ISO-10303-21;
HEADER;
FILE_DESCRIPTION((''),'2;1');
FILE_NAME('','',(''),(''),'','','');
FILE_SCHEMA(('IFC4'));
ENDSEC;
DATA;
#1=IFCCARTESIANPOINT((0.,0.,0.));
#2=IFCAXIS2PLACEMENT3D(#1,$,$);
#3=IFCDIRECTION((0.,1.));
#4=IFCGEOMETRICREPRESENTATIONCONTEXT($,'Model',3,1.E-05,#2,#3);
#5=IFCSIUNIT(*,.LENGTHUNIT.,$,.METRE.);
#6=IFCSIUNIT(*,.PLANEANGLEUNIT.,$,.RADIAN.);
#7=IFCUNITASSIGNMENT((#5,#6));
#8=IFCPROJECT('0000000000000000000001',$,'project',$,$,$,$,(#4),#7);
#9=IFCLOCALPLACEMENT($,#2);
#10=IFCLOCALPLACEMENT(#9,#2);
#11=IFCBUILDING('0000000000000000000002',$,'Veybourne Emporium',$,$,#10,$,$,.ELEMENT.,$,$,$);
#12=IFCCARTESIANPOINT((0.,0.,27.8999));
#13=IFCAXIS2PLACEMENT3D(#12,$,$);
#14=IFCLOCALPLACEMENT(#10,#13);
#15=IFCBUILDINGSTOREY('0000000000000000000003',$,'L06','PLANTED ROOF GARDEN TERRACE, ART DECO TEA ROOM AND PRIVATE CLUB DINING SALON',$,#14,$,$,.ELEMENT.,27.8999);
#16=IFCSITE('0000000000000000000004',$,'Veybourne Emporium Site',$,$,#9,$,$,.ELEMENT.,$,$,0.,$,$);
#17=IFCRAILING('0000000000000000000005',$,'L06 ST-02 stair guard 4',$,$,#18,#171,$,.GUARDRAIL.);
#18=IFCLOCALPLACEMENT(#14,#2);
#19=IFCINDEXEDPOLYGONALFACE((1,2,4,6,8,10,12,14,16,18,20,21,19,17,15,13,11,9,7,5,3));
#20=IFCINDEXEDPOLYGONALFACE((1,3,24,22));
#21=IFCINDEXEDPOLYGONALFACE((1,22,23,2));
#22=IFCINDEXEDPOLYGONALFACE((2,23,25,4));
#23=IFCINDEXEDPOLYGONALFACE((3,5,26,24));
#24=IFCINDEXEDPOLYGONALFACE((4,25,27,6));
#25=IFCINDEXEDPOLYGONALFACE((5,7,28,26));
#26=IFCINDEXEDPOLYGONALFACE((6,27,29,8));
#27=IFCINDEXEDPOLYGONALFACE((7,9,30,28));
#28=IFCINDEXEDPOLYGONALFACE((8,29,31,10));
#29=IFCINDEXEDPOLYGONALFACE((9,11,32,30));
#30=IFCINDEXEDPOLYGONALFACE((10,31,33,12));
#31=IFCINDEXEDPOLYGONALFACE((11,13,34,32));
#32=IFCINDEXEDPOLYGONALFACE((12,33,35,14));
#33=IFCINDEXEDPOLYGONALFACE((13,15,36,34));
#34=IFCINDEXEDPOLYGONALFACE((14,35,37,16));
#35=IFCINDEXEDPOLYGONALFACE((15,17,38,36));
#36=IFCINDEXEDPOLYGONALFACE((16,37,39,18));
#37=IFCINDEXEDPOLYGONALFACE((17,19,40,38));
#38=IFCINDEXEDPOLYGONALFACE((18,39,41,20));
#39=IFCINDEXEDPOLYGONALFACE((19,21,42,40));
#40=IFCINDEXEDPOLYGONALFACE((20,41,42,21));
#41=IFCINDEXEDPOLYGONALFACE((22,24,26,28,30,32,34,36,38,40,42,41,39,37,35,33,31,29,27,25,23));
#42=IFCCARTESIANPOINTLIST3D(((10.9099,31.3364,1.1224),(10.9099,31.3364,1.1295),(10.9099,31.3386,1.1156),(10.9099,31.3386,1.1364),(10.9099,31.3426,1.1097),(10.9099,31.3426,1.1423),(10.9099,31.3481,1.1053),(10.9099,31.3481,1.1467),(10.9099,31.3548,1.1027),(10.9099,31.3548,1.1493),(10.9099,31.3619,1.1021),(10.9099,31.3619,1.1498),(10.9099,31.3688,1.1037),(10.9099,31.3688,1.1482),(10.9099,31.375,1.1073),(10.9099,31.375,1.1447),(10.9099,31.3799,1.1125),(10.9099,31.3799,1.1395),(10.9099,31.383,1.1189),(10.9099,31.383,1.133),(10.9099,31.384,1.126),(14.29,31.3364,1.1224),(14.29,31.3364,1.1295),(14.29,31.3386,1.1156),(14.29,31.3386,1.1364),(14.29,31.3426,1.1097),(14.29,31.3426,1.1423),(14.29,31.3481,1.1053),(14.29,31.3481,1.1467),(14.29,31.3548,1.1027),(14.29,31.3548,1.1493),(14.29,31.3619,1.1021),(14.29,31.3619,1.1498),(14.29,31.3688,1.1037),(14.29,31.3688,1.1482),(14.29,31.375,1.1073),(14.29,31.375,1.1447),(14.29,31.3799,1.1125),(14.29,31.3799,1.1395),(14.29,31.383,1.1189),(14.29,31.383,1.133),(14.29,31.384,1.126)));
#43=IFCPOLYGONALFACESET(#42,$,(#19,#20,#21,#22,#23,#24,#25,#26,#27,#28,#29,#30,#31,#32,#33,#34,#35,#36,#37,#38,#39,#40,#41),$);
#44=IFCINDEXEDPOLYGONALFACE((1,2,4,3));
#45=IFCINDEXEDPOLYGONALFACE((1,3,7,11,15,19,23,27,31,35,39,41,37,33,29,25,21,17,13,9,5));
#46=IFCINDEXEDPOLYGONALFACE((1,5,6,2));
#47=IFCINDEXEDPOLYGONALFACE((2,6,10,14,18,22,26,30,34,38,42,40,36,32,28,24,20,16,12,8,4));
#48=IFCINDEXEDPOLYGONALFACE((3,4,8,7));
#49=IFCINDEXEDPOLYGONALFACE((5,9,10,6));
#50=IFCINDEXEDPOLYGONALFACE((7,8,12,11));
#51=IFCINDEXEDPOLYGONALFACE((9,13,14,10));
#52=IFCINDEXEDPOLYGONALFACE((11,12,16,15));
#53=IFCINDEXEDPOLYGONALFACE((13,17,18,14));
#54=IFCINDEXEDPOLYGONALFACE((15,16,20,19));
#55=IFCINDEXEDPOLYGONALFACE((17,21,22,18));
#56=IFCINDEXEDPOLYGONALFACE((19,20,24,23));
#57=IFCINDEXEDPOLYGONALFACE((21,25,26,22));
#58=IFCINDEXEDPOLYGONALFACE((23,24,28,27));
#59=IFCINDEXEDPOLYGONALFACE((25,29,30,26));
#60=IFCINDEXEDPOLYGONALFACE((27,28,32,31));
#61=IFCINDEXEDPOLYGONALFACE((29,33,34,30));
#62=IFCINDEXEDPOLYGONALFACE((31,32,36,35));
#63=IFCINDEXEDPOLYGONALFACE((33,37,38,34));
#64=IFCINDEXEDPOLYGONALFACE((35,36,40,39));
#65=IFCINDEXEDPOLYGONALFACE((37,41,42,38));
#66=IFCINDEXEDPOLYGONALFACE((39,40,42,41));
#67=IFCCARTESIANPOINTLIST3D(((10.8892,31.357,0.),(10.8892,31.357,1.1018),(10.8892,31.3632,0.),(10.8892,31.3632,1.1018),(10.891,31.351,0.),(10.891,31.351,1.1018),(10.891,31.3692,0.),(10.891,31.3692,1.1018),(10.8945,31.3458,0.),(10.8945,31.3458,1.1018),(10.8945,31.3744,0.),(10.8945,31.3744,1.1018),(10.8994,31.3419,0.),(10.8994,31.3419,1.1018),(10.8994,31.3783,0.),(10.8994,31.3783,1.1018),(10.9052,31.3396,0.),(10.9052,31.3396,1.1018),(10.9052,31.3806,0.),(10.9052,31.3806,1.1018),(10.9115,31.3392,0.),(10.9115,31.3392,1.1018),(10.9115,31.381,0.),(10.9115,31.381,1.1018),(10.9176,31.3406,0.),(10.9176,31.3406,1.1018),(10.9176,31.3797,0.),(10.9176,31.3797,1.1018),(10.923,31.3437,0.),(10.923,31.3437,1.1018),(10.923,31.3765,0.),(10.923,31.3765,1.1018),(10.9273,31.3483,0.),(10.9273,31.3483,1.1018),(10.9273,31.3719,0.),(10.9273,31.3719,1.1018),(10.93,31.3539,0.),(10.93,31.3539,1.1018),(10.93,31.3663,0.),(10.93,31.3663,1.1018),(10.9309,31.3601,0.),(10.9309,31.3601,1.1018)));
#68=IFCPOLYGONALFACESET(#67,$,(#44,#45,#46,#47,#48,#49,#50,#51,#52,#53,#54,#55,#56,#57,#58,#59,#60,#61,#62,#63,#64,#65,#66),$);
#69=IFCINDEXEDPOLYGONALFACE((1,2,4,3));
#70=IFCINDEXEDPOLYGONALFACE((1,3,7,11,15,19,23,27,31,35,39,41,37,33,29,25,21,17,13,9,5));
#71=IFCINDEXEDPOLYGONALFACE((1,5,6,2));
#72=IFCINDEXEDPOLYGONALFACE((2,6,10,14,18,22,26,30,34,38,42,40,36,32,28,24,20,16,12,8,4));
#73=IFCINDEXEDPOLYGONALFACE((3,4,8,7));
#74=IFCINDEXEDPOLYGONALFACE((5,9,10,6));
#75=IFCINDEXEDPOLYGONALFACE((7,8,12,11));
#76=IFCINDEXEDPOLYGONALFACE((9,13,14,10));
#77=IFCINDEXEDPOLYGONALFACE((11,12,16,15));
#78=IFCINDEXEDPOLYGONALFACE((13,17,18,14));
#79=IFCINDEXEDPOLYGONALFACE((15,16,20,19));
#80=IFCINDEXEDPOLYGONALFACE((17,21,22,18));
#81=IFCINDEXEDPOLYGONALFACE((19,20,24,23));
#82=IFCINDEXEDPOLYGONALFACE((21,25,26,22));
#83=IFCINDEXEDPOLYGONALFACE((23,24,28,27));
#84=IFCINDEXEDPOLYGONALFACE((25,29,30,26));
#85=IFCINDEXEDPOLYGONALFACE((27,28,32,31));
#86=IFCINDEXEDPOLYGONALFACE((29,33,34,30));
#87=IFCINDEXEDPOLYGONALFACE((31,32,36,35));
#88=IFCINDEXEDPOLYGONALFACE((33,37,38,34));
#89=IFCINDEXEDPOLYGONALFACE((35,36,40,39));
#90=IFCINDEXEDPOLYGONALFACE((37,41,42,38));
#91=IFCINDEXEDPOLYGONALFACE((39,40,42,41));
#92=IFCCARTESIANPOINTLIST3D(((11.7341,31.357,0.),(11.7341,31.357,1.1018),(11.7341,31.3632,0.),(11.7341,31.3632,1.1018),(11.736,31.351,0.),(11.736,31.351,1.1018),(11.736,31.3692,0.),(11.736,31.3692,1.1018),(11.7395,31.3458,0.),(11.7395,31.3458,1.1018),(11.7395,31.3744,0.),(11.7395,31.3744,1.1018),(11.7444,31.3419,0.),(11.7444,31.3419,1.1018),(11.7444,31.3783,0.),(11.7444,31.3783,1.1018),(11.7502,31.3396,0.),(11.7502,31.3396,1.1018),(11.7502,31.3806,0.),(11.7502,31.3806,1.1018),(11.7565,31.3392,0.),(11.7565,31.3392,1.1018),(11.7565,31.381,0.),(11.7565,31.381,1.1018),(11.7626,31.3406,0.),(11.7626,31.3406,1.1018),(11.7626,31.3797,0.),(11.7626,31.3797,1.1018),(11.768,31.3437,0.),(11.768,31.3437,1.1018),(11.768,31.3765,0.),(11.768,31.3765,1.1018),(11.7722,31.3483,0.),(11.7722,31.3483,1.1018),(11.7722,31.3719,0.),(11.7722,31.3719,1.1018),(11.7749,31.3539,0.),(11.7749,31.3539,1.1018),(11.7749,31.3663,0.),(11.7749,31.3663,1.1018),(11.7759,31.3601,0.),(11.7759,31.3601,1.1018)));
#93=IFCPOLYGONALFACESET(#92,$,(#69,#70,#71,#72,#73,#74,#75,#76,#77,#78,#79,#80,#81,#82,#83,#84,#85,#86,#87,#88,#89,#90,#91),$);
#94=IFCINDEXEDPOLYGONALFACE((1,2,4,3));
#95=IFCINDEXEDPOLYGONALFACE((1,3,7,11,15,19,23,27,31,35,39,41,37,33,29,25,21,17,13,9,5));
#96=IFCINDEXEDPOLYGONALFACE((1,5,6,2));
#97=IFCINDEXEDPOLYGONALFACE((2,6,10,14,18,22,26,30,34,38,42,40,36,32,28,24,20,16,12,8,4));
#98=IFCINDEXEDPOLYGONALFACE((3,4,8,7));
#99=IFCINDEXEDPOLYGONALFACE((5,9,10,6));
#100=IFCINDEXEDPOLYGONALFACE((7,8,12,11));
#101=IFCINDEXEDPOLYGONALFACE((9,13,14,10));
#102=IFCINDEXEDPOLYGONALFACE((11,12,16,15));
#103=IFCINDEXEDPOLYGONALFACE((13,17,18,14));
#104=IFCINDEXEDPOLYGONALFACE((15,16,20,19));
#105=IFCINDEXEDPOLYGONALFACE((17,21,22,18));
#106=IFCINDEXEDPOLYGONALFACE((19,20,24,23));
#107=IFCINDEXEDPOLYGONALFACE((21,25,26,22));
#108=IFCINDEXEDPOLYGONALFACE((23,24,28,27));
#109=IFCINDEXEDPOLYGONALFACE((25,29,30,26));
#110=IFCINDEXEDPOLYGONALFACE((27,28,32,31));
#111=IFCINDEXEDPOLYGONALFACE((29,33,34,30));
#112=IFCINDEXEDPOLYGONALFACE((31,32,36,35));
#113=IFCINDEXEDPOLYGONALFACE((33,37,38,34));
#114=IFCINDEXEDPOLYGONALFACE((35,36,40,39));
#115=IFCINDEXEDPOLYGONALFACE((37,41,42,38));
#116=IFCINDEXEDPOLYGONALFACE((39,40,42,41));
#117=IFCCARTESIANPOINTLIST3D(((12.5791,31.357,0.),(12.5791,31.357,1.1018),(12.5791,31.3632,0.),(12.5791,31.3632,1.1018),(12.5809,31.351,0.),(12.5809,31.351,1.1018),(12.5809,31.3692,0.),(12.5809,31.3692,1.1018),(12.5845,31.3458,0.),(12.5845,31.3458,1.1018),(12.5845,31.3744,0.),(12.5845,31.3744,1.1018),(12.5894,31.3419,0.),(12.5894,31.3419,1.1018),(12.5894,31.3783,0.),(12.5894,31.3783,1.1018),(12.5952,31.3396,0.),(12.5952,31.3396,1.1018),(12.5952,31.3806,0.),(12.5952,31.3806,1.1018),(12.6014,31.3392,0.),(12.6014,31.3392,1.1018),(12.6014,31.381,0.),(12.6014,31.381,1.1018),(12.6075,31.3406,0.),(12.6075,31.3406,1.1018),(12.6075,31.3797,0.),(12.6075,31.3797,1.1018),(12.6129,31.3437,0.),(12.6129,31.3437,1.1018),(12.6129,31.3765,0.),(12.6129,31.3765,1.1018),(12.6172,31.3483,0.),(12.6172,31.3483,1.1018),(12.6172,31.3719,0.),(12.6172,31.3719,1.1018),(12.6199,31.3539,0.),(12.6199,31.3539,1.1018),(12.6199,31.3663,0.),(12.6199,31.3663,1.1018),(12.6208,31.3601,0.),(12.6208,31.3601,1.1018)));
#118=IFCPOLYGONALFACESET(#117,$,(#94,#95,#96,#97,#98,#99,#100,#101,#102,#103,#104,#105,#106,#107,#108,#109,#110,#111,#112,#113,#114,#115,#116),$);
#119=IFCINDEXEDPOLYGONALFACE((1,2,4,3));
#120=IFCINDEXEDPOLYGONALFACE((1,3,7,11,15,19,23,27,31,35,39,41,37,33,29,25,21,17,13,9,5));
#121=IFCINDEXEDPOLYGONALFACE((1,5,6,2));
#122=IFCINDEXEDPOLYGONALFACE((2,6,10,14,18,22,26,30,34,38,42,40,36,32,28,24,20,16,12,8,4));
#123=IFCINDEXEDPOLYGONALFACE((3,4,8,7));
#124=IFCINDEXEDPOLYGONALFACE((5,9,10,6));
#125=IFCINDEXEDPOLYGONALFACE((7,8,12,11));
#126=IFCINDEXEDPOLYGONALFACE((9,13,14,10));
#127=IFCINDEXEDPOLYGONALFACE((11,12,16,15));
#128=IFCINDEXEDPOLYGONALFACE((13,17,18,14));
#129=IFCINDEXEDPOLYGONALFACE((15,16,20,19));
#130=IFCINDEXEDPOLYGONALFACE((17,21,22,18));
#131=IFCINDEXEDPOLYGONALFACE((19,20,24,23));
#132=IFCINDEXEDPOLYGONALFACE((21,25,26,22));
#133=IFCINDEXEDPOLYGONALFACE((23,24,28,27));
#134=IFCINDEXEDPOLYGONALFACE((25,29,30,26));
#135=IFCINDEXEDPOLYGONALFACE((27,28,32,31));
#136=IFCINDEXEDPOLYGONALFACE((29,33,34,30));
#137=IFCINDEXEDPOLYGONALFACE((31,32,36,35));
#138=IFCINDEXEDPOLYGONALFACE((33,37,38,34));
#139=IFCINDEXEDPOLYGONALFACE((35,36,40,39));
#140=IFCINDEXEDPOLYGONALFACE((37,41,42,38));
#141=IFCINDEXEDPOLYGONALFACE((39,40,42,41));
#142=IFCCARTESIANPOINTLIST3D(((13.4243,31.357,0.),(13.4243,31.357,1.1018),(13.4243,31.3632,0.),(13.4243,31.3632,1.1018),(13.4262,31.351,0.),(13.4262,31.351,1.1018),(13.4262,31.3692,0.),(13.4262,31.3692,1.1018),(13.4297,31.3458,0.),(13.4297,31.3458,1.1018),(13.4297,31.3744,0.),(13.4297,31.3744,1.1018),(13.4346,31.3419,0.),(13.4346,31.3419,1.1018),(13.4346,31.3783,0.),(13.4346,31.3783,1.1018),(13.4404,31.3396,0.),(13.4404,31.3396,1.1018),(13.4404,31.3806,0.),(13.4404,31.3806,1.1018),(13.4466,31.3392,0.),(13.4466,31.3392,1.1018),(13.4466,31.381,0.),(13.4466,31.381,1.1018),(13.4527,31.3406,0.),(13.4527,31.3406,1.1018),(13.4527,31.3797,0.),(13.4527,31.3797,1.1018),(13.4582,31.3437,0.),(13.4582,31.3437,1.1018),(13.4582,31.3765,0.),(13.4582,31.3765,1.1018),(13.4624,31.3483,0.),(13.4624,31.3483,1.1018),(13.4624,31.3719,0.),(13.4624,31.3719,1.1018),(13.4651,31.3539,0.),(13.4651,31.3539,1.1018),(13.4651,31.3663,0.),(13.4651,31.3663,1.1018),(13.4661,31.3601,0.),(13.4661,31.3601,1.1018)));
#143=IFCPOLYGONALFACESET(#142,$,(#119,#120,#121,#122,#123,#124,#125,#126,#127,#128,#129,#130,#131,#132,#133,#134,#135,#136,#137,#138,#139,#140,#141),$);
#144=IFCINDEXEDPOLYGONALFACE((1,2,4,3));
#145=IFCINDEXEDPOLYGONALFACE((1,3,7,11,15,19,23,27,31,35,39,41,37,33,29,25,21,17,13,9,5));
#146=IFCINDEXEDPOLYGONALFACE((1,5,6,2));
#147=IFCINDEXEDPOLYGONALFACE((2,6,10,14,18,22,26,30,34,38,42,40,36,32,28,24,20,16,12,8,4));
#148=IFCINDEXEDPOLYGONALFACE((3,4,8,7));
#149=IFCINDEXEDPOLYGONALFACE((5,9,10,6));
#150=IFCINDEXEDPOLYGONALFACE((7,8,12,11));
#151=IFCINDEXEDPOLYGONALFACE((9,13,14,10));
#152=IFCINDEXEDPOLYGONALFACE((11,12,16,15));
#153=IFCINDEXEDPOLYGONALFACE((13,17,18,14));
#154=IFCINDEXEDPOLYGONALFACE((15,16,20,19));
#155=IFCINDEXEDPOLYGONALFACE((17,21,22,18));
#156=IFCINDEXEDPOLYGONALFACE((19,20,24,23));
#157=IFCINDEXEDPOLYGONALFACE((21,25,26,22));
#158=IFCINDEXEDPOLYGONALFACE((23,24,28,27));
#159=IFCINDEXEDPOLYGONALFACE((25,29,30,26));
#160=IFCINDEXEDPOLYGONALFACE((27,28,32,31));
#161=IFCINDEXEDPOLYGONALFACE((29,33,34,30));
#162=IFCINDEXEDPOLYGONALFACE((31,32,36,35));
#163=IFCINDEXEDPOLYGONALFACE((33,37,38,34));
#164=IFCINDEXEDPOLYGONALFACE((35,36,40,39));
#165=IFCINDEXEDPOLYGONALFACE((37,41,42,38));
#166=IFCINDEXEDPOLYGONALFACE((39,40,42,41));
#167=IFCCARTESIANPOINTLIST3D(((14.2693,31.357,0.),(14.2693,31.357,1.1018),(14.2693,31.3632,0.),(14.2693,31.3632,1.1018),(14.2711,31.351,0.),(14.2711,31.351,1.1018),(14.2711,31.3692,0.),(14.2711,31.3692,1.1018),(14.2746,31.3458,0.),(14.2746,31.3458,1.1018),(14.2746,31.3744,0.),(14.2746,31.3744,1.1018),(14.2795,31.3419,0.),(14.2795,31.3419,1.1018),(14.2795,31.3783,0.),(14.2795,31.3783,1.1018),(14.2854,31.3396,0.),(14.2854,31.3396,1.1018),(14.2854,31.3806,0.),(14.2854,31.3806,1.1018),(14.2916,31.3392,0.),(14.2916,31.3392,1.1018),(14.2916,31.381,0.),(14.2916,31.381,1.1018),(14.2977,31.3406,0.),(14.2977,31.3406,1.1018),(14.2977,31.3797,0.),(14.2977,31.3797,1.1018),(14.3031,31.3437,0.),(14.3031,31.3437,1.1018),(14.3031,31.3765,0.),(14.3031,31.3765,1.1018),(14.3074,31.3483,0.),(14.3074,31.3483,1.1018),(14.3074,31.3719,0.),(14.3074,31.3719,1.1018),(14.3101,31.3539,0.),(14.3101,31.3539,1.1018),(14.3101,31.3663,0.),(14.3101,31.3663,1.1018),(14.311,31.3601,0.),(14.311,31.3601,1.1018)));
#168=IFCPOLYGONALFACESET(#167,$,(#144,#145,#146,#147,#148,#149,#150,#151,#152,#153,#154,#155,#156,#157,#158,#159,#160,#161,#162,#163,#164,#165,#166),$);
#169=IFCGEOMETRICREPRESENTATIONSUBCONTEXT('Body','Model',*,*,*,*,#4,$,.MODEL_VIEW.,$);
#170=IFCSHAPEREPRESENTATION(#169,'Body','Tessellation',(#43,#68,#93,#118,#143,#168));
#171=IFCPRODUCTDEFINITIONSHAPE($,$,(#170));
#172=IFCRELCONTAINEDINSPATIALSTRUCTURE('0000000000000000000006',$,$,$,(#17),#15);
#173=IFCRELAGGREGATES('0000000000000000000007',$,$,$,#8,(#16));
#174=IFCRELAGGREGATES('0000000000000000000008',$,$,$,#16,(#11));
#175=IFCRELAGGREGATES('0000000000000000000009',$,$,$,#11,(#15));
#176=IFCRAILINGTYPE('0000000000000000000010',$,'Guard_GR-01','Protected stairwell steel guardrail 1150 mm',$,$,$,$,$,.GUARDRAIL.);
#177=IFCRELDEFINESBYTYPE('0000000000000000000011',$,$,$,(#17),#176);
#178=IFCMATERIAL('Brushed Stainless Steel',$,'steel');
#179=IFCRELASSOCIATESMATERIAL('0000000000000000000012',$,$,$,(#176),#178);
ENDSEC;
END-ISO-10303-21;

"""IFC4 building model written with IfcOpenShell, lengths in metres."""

from ifc_helpers import new_model, si_unit, direction, frame, origin, origin_2d, place, context, subcontext, project, spatial, circle, extrude, material, type_object, element, save


model = new_model("IFC4")

# Units and contexts
model_context = context("Model", 3, precision=1e-05, world=origin(), true_north=direction((0.0, 1.0)))
body_context = subcontext(model_context, "Body", "Model", "MODEL_VIEW")
ifc_project = project(units=[si_unit("LENGTHUNIT", "METRE"), si_unit("PLANEANGLEUNIT", "RADIAN")], contexts=[model_context])

# Site, building, storey
site_placement = place(None, origin())
site = spatial("IfcSite", under=ifc_project, at=site_placement, Name="Veybourne Emporium Site", CompositionType="ELEMENT", RefElevation=0.0)
building_placement = place(site_placement, origin())
building = spatial("IfcBuilding", under=site, at=building_placement, Name="Veybourne Emporium", CompositionType="ELEMENT")
storey_placement = place(building_placement, frame((0.0, 0.0, 27.8999)))
storey = spatial("IfcBuildingStorey", under=building, at=storey_placement, Name="L06", Description="PLANTED ROOF GARDEN TERRACE, ART DECO TEA ROOM AND PRIVATE CLUB DINING SALON", CompositionType="ELEMENT", Elevation=27.8999)

# Railing
ifc_material_1 = material(Name="Brushed Stainless Steel", Category="steel")
railing_type_1 = type_object("IfcRailingType", Name="Guard_GR-01", Description="Protected stairwell steel guardrail 1150 mm", PredefinedType="GUARDRAIL", material=ifc_material_1)
railing_1_placement = place(storey_placement, frame((10.9099, 31.3601, 0.0)))
element("IfcRailing", 1, at=railing_1_placement, inside=storey, type_object=railing_type_1, Name="L06 ST-02 stair guard 4", PredefinedType="GUARDRAIL", context=body_context, shape_type="SweptSolid", body=[
    extrude(circle(Radius=0.0239, at=origin_2d()), frame((0.0, 0.0, 1.126), z_axis=(1.0, 0.0, 0.0), x_axis=(0.0, 1.0, 0.0)), (0.0, 0.0, 1.0), 3.3801),
    extrude(circle(Radius=0.021, at=origin_2d()), origin(), (0.0, 0.0, 1.0), 1.1018),
    extrude(circle(Radius=0.021, at=origin_2d()), frame((0.845, 0.0, 0.0)), (0.0, 0.0, 1.0), 1.1018),
    extrude(circle(Radius=0.021, at=origin_2d()), frame((1.6899, 0.0, 0.0)), (0.0, 0.0, 1.0), 1.1018),
    extrude(circle(Radius=0.021, at=origin_2d()), frame((2.5352, 0.0, 0.0)), (0.0, 0.0, 1.0), 1.1018),
    extrude(circle(Radius=0.021, at=origin_2d()), frame((3.3801, 0.0, 0.0)), (0.0, 0.0, 1.0), 1.1018),
])

save(model, "model.ifc")
